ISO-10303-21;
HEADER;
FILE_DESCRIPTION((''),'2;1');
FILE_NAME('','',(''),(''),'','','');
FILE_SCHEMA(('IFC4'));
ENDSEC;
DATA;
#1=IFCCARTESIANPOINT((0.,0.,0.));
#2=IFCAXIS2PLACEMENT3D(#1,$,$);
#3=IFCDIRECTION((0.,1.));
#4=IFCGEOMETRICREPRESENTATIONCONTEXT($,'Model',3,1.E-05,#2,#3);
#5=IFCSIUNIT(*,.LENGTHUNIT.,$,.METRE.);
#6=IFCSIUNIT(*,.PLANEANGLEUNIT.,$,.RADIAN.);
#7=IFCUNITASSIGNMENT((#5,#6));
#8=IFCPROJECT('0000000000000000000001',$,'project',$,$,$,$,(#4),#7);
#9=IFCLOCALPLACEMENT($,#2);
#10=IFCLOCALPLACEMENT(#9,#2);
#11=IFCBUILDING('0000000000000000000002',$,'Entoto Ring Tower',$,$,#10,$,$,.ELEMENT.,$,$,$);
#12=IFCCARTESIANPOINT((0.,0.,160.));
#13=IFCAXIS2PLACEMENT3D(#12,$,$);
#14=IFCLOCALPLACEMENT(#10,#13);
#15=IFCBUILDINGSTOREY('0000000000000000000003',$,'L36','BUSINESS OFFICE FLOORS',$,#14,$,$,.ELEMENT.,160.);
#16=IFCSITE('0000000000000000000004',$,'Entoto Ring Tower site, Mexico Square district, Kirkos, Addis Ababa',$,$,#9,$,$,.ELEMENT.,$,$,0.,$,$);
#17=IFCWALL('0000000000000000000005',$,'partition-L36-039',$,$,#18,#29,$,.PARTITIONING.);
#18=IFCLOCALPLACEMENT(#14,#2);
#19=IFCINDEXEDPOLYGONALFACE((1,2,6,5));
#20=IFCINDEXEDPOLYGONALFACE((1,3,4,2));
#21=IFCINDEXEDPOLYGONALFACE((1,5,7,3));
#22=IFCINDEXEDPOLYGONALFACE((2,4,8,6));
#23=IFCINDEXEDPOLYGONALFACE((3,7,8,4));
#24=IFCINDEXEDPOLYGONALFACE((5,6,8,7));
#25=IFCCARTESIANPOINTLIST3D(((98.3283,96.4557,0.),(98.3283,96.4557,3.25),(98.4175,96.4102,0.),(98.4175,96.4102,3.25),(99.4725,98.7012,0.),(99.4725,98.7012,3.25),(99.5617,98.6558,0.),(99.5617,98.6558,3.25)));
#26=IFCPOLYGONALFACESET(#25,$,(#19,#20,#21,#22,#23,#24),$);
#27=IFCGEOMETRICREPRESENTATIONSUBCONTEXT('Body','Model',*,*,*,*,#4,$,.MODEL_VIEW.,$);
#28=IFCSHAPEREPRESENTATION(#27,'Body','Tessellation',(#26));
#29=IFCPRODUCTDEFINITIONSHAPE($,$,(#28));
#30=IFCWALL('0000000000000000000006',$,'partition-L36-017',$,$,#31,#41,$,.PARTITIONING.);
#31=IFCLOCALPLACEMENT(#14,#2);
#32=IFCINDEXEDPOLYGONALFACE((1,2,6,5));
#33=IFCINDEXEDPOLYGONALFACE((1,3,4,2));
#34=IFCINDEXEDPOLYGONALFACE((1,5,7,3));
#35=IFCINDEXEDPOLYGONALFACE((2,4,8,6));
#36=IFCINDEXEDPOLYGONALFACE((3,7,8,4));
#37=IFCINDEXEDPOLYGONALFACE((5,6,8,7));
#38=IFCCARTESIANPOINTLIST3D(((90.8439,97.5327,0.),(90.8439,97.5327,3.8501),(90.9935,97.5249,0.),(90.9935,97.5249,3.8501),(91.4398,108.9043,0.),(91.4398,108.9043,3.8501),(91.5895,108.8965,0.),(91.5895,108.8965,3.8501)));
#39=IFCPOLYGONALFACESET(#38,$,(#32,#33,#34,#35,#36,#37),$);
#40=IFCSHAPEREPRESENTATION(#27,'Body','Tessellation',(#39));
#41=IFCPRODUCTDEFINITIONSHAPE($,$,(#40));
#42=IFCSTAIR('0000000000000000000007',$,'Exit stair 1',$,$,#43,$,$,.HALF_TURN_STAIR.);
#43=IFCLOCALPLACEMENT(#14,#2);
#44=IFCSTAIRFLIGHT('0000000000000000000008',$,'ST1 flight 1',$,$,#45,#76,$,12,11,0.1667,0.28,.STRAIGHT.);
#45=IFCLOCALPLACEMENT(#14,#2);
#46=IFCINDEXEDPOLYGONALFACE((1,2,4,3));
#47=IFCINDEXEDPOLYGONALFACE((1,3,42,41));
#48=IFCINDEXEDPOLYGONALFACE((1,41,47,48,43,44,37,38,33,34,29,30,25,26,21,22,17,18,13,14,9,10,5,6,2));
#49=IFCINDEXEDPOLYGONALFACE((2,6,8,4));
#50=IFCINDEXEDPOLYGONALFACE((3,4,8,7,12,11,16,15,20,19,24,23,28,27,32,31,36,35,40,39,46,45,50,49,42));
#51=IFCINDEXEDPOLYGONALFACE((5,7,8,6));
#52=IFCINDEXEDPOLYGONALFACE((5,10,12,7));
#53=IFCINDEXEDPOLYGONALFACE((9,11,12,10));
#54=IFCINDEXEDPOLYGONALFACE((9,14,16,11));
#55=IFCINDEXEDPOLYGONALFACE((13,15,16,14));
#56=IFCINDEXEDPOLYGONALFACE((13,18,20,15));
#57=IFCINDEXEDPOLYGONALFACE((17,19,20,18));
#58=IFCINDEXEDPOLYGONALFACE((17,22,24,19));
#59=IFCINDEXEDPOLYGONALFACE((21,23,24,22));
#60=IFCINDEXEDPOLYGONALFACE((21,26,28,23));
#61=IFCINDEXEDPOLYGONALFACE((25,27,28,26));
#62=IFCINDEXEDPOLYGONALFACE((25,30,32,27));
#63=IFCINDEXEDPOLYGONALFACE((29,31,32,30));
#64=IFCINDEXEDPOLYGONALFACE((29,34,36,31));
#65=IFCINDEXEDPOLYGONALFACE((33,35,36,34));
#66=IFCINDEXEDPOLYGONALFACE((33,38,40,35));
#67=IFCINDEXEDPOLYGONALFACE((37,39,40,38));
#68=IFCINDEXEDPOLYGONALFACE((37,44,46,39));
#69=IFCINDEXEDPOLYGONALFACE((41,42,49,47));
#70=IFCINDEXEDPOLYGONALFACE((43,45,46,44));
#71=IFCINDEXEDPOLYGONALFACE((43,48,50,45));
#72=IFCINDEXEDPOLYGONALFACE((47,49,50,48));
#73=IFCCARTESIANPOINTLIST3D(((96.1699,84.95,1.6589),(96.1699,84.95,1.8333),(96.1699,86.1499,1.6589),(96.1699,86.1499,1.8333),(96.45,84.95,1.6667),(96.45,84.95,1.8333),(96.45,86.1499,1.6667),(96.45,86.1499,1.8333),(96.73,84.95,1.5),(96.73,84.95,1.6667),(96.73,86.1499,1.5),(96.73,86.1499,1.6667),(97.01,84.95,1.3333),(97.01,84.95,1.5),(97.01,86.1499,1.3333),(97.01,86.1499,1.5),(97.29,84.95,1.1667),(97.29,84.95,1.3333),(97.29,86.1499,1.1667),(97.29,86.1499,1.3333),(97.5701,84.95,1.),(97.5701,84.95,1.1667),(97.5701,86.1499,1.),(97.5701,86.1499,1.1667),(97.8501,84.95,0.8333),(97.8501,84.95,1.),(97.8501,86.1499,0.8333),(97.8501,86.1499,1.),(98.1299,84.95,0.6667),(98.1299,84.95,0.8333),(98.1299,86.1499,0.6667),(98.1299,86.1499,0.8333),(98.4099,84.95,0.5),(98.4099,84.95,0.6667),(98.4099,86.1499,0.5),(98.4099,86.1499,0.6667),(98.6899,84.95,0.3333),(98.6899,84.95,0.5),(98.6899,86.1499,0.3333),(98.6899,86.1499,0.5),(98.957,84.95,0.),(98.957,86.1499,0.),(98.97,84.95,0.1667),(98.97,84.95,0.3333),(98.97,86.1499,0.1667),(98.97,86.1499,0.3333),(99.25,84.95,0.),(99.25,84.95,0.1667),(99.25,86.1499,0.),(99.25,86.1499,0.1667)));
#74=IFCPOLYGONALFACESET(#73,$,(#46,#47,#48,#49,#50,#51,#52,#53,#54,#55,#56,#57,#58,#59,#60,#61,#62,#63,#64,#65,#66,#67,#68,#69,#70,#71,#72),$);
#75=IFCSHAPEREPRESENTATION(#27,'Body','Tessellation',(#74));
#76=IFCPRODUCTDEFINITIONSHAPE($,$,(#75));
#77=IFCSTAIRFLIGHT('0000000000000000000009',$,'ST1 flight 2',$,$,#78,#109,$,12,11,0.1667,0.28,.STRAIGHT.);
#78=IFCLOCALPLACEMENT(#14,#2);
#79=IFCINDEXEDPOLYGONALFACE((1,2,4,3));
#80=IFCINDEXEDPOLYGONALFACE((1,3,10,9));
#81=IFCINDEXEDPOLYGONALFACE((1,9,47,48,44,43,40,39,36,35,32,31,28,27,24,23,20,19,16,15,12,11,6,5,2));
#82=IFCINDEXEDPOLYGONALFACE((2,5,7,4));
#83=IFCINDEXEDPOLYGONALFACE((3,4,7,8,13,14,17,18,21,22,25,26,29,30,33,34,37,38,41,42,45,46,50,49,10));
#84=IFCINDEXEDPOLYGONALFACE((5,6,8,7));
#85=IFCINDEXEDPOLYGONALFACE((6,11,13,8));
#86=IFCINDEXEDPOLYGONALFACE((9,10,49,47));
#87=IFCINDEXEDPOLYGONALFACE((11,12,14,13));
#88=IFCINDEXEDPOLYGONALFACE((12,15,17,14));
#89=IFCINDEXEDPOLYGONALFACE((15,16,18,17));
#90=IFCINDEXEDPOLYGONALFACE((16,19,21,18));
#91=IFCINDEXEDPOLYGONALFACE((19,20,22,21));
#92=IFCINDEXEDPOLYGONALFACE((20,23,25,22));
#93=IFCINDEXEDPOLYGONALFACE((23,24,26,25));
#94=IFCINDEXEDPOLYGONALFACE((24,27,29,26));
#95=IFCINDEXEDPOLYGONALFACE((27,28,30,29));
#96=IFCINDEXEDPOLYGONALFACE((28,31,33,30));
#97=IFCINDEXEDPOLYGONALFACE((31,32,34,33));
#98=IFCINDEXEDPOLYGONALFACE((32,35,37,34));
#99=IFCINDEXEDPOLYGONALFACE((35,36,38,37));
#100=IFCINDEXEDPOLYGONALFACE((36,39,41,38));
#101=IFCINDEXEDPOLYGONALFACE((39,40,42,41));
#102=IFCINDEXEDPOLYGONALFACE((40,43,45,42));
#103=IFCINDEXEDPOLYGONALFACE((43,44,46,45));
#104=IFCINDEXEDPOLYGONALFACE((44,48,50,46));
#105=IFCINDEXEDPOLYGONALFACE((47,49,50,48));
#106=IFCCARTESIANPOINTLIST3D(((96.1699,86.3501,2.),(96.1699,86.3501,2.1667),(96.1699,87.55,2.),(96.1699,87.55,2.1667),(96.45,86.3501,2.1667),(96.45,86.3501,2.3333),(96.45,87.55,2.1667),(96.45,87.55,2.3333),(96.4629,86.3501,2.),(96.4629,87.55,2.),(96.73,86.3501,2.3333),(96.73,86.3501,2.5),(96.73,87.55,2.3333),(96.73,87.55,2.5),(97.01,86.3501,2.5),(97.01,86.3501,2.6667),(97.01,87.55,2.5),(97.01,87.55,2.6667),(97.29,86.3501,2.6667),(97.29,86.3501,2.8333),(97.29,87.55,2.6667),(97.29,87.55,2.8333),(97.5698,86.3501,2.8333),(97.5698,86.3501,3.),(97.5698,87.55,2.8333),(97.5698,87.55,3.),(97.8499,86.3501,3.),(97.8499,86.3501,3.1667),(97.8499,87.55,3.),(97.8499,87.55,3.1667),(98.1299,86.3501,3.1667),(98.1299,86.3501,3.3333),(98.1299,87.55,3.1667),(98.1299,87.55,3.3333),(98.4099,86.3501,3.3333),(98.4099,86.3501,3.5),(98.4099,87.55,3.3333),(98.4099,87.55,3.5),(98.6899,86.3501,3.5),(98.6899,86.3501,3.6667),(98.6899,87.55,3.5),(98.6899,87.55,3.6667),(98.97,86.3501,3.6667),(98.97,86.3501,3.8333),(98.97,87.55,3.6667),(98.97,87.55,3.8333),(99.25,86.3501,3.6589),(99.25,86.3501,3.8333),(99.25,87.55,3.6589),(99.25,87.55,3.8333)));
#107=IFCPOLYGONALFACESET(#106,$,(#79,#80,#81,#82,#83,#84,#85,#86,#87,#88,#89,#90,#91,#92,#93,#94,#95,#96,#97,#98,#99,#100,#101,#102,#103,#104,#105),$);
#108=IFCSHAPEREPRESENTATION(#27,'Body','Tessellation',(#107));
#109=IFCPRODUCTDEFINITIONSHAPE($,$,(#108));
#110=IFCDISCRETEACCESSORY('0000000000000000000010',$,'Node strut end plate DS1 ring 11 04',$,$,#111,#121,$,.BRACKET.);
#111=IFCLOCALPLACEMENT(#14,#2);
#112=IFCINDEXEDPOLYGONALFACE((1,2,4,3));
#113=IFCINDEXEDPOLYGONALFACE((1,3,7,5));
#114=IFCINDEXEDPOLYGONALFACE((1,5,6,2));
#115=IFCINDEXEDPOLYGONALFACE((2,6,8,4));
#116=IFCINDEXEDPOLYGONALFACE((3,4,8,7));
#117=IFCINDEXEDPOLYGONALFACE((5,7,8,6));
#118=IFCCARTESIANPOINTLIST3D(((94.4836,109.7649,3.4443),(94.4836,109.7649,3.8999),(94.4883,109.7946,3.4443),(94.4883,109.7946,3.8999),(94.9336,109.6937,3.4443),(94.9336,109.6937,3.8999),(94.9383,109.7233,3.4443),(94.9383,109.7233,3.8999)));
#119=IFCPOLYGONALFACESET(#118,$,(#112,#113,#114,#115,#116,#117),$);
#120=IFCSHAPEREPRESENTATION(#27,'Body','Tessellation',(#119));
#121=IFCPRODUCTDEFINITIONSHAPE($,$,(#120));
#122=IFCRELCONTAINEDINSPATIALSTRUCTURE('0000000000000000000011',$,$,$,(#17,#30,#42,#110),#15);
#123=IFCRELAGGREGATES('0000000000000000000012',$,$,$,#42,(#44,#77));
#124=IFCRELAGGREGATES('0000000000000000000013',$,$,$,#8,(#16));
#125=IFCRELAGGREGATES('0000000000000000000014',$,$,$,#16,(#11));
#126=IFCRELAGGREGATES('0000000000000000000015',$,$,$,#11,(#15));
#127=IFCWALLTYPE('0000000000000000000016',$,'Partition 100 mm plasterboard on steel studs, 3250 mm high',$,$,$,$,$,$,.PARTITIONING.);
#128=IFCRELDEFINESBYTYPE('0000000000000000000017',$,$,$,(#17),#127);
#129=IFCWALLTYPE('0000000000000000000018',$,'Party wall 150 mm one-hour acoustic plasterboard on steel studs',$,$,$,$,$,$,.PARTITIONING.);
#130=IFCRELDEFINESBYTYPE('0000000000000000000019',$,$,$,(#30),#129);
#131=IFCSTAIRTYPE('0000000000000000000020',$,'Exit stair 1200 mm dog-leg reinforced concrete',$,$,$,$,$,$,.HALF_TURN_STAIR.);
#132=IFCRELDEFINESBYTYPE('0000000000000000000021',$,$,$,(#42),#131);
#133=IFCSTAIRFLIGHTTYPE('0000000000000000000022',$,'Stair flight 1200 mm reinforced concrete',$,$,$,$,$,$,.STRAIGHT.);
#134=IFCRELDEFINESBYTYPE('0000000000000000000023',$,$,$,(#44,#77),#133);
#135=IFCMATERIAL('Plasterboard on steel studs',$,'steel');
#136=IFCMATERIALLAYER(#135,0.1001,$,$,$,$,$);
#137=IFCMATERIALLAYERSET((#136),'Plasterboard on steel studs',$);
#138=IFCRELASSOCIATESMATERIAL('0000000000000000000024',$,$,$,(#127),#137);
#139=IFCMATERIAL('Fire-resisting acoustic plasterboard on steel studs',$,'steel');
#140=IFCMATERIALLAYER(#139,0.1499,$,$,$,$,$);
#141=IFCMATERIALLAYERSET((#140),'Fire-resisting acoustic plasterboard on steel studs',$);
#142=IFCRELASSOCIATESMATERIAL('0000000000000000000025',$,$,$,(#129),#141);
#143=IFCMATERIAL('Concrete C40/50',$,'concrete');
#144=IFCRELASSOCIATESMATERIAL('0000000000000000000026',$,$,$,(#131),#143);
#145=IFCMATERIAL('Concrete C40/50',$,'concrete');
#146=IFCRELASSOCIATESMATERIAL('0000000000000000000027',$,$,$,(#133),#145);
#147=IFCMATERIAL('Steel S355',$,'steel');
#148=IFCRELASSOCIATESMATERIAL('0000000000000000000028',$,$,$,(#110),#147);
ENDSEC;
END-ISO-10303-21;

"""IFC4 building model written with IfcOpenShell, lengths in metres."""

from ifc_helpers import new_model, si_unit, direction, frame, frame_2d, origin, origin_2d, place, context, subcontext, project, spatial, polyline, rectangle, outline, extrude, material, layer, layer_set, type_object, element, aggregate, save


model = new_model("IFC4")

# Units and contexts
model_context = context("Model", 3, precision=1e-05, world=origin(), true_north=direction((0.0, 1.0)))
body_context = subcontext(model_context, "Body", "Model", "MODEL_VIEW")
ifc_project = project(units=[si_unit("LENGTHUNIT", "METRE"), si_unit("PLANEANGLEUNIT", "RADIAN")], contexts=[model_context])

# Site, building, storey
site_placement = place(None, origin())
site = spatial("IfcSite", under=ifc_project, at=site_placement, Name="Entoto Ring Tower site, Mexico Square district, Kirkos, Addis Ababa", CompositionType="ELEMENT", RefElevation=0.0)
building_placement = place(site_placement, origin())
building = spatial("IfcBuilding", under=site, at=building_placement, Name="Entoto Ring Tower", CompositionType="ELEMENT")
storey_placement = place(building_placement, frame((0.0, 0.0, 160.0)))
storey = spatial("IfcBuildingStorey", under=building, at=storey_placement, Name="L36", Description="BUSINESS OFFICE FLOORS", CompositionType="ELEMENT", Elevation=160.0)

# Walls
ifc_material_1 = material(Name="Plasterboard on steel studs", Category="steel")
ifc_layer_1 = layer(ifc_material_1, 0.1001)
ifc_layer_set_1 = layer_set([ifc_layer_1], Name="Plasterboard on steel studs")
wall_type_1 = type_object("IfcWallType", Name="Partition 100 mm plasterboard on steel studs, 3250 mm high", PredefinedType="PARTITIONING", material=ifc_layer_set_1)
wall_1_placement = place(storey_placement, frame((98.3728, 96.4329, 0.0), z_axis=(0.0, 0.0, 1.0), x_axis=(0.45402, 0.890991, 0.0)))
element("IfcWall", 1, at=wall_1_placement, inside=storey, type_object=wall_type_1, Name="partition-L36-039", PredefinedType="PARTITIONING", context=body_context, shape_type="SweptSolid", body=[
    extrude(rectangle(XDim=2.5203, YDim=0.1001, at=frame_2d((1.2603, 0.0))), origin(), (0.0, 0.0, 1.0), 3.25),
])
ifc_material_2 = material(Name="Fire-resisting acoustic plasterboard on steel studs", Category="steel")
ifc_layer_2 = layer(ifc_material_2, 0.1499)
ifc_layer_set_2 = layer_set([ifc_layer_2], Name="Fire-resisting acoustic plasterboard on steel studs")
wall_type_2 = type_object("IfcWallType", Name="Party wall 150 mm one-hour acoustic plasterboard on steel studs", PredefinedType="PARTITIONING", material=ifc_layer_set_2)
wall_2_placement = place(storey_placement, frame((90.9187, 97.5288, 0.0), z_axis=(0.0, 0.0, 1.0), x_axis=(0.052335, 0.99863, 0.0)))
element("IfcWall", 2, at=wall_2_placement, inside=storey, type_object=wall_type_2, Name="partition-L36-017", PredefinedType="PARTITIONING", context=body_context, shape_type="SweptSolid", body=[
    extrude(rectangle(XDim=11.3872, YDim=0.1499, at=frame_2d((5.6936, 0.0))), origin(), (0.0, 0.0, 1.0), 3.8501),
])

# Stair, stair flights
ifc_material_3 = material(Name="Concrete C40/50", Category="concrete")
stair_type = type_object("IfcStairType", Name="Exit stair 1200 mm dog-leg reinforced concrete", PredefinedType="HALF_TURN_STAIR", material=ifc_material_3)
stair_placement = place(storey_placement, origin())
stair = element("IfcStair", 3, at=stair_placement, inside=storey, type_object=stair_type, Name="Exit stair 1", PredefinedType="HALF_TURN_STAIR")
ifc_material_4 = material(Name="Concrete C40/50", Category="concrete")
stair_flight_type = type_object("IfcStairFlightType", Name="Stair flight 1200 mm reinforced concrete", PredefinedType="STRAIGHT", material=ifc_material_4)
stair_flight_1_placement = place(storey_placement, frame((99.25, 85.55, 0.0), z_axis=(0.0, 0.0, 1.0), x_axis=(-1.0, 0.0, 0.0)))
stair_flight_1 = element("IfcStairFlight", 4, at=stair_flight_1_placement, type_object=stair_flight_type, Name="ST1 flight 1", NumberOfRisers=12, NumberOfTreads=11, PredefinedType="STRAIGHT", RiserHeight=0.1667, TreadLength=0.28, context=body_context, shape_type="SweptSolid", body=[
    extrude(outline(polyline([(0.0, 0.0), (0.0, 0.1667), (0.28, 0.1667), (0.28, 0.3333), (0.5601, 0.3333), (0.5601, 0.5), (0.8401, 0.5), (0.8401, 0.6667), (1.1201, 0.6667), (1.1201, 0.8333), (1.3999, 0.8333), (1.3999, 1.0), (1.6799, 1.0), (1.6799, 1.1667), (1.96, 1.1667), (1.96, 1.3333), (2.24, 1.3333), (2.24, 1.5), (2.52, 1.5), (2.52, 1.6667), (2.8, 1.6667), (2.8, 1.8333), (3.0801, 1.8333), (3.0801, 2.0), (3.0801, 1.6589), (0.293, 0.0), (0.0, 0.0)])), frame((0.0, 0.6001, 0.0), z_axis=(0.0, -1.0, 0.0), x_axis=(1.0, 0.0, 0.0)), (0.0, 0.0, 1.0), 1.2),
])
stair_flight_2_placement = place(storey_placement, frame((96.1699, 86.95, 2.0), z_axis=(0.0, 0.0, 1.0), x_axis=(1.0, 0.0, 0.0)))
stair_flight_2 = element("IfcStairFlight", 5, at=stair_flight_2_placement, type_object=stair_flight_type, Name="ST1 flight 2", NumberOfRisers=12, NumberOfTreads=11, PredefinedType="STRAIGHT", RiserHeight=0.1667, TreadLength=0.28, context=body_context, shape_type="SweptSolid", body=[
    extrude(outline(polyline([(0.0, 0.0), (0.0, 0.1667), (0.28, 0.1667), (0.28, 0.3333), (0.5601, 0.3333), (0.5601, 0.5), (0.8401, 0.5), (0.8401, 0.6667), (1.1201, 0.6667), (1.1201, 0.8333), (1.3999, 0.8333), (1.3999, 1.0), (1.6799, 1.0), (1.6799, 1.1667), (1.96, 1.1667), (1.96, 1.3333), (2.24, 1.3333), (2.24, 1.5), (2.52, 1.5), (2.52, 1.6667), (2.8, 1.6667), (2.8, 1.8333), (3.0801, 1.8333), (3.0801, 2.0), (3.0801, 1.6589), (0.293, 0.0), (0.0, 0.0)])), frame((0.0, 0.6001, 0.0), z_axis=(0.0, -1.0, 0.0), x_axis=(1.0, 0.0, 0.0)), (0.0, 0.0, 1.0), 1.2),
])
aggregate(stair, [stair_flight_1, stair_flight_2])

# Discrete accessory
ifc_material_5 = material(Name="Steel S355", Category="steel")
discrete_accessory_placement = place(storey_placement, frame((94.7109, 109.7441, 3.4443), z_axis=(0.0, 0.0, 1.0), x_axis=(0.156434, 0.987688, 0.0)))
element("IfcDiscreteAccessory", 6, at=discrete_accessory_placement, inside=storey, material=ifc_material_5, Name="Node strut end plate DS1 ring 11 04", PredefinedType="BRACKET", context=body_context, shape_type="SweptSolid", body=[
    extrude(rectangle(XDim=0.03, YDim=0.4556, at=origin_2d()), origin(), (0.0, 0.0, 1.0), 0.4556),
])

save(model, "model.ifc")
